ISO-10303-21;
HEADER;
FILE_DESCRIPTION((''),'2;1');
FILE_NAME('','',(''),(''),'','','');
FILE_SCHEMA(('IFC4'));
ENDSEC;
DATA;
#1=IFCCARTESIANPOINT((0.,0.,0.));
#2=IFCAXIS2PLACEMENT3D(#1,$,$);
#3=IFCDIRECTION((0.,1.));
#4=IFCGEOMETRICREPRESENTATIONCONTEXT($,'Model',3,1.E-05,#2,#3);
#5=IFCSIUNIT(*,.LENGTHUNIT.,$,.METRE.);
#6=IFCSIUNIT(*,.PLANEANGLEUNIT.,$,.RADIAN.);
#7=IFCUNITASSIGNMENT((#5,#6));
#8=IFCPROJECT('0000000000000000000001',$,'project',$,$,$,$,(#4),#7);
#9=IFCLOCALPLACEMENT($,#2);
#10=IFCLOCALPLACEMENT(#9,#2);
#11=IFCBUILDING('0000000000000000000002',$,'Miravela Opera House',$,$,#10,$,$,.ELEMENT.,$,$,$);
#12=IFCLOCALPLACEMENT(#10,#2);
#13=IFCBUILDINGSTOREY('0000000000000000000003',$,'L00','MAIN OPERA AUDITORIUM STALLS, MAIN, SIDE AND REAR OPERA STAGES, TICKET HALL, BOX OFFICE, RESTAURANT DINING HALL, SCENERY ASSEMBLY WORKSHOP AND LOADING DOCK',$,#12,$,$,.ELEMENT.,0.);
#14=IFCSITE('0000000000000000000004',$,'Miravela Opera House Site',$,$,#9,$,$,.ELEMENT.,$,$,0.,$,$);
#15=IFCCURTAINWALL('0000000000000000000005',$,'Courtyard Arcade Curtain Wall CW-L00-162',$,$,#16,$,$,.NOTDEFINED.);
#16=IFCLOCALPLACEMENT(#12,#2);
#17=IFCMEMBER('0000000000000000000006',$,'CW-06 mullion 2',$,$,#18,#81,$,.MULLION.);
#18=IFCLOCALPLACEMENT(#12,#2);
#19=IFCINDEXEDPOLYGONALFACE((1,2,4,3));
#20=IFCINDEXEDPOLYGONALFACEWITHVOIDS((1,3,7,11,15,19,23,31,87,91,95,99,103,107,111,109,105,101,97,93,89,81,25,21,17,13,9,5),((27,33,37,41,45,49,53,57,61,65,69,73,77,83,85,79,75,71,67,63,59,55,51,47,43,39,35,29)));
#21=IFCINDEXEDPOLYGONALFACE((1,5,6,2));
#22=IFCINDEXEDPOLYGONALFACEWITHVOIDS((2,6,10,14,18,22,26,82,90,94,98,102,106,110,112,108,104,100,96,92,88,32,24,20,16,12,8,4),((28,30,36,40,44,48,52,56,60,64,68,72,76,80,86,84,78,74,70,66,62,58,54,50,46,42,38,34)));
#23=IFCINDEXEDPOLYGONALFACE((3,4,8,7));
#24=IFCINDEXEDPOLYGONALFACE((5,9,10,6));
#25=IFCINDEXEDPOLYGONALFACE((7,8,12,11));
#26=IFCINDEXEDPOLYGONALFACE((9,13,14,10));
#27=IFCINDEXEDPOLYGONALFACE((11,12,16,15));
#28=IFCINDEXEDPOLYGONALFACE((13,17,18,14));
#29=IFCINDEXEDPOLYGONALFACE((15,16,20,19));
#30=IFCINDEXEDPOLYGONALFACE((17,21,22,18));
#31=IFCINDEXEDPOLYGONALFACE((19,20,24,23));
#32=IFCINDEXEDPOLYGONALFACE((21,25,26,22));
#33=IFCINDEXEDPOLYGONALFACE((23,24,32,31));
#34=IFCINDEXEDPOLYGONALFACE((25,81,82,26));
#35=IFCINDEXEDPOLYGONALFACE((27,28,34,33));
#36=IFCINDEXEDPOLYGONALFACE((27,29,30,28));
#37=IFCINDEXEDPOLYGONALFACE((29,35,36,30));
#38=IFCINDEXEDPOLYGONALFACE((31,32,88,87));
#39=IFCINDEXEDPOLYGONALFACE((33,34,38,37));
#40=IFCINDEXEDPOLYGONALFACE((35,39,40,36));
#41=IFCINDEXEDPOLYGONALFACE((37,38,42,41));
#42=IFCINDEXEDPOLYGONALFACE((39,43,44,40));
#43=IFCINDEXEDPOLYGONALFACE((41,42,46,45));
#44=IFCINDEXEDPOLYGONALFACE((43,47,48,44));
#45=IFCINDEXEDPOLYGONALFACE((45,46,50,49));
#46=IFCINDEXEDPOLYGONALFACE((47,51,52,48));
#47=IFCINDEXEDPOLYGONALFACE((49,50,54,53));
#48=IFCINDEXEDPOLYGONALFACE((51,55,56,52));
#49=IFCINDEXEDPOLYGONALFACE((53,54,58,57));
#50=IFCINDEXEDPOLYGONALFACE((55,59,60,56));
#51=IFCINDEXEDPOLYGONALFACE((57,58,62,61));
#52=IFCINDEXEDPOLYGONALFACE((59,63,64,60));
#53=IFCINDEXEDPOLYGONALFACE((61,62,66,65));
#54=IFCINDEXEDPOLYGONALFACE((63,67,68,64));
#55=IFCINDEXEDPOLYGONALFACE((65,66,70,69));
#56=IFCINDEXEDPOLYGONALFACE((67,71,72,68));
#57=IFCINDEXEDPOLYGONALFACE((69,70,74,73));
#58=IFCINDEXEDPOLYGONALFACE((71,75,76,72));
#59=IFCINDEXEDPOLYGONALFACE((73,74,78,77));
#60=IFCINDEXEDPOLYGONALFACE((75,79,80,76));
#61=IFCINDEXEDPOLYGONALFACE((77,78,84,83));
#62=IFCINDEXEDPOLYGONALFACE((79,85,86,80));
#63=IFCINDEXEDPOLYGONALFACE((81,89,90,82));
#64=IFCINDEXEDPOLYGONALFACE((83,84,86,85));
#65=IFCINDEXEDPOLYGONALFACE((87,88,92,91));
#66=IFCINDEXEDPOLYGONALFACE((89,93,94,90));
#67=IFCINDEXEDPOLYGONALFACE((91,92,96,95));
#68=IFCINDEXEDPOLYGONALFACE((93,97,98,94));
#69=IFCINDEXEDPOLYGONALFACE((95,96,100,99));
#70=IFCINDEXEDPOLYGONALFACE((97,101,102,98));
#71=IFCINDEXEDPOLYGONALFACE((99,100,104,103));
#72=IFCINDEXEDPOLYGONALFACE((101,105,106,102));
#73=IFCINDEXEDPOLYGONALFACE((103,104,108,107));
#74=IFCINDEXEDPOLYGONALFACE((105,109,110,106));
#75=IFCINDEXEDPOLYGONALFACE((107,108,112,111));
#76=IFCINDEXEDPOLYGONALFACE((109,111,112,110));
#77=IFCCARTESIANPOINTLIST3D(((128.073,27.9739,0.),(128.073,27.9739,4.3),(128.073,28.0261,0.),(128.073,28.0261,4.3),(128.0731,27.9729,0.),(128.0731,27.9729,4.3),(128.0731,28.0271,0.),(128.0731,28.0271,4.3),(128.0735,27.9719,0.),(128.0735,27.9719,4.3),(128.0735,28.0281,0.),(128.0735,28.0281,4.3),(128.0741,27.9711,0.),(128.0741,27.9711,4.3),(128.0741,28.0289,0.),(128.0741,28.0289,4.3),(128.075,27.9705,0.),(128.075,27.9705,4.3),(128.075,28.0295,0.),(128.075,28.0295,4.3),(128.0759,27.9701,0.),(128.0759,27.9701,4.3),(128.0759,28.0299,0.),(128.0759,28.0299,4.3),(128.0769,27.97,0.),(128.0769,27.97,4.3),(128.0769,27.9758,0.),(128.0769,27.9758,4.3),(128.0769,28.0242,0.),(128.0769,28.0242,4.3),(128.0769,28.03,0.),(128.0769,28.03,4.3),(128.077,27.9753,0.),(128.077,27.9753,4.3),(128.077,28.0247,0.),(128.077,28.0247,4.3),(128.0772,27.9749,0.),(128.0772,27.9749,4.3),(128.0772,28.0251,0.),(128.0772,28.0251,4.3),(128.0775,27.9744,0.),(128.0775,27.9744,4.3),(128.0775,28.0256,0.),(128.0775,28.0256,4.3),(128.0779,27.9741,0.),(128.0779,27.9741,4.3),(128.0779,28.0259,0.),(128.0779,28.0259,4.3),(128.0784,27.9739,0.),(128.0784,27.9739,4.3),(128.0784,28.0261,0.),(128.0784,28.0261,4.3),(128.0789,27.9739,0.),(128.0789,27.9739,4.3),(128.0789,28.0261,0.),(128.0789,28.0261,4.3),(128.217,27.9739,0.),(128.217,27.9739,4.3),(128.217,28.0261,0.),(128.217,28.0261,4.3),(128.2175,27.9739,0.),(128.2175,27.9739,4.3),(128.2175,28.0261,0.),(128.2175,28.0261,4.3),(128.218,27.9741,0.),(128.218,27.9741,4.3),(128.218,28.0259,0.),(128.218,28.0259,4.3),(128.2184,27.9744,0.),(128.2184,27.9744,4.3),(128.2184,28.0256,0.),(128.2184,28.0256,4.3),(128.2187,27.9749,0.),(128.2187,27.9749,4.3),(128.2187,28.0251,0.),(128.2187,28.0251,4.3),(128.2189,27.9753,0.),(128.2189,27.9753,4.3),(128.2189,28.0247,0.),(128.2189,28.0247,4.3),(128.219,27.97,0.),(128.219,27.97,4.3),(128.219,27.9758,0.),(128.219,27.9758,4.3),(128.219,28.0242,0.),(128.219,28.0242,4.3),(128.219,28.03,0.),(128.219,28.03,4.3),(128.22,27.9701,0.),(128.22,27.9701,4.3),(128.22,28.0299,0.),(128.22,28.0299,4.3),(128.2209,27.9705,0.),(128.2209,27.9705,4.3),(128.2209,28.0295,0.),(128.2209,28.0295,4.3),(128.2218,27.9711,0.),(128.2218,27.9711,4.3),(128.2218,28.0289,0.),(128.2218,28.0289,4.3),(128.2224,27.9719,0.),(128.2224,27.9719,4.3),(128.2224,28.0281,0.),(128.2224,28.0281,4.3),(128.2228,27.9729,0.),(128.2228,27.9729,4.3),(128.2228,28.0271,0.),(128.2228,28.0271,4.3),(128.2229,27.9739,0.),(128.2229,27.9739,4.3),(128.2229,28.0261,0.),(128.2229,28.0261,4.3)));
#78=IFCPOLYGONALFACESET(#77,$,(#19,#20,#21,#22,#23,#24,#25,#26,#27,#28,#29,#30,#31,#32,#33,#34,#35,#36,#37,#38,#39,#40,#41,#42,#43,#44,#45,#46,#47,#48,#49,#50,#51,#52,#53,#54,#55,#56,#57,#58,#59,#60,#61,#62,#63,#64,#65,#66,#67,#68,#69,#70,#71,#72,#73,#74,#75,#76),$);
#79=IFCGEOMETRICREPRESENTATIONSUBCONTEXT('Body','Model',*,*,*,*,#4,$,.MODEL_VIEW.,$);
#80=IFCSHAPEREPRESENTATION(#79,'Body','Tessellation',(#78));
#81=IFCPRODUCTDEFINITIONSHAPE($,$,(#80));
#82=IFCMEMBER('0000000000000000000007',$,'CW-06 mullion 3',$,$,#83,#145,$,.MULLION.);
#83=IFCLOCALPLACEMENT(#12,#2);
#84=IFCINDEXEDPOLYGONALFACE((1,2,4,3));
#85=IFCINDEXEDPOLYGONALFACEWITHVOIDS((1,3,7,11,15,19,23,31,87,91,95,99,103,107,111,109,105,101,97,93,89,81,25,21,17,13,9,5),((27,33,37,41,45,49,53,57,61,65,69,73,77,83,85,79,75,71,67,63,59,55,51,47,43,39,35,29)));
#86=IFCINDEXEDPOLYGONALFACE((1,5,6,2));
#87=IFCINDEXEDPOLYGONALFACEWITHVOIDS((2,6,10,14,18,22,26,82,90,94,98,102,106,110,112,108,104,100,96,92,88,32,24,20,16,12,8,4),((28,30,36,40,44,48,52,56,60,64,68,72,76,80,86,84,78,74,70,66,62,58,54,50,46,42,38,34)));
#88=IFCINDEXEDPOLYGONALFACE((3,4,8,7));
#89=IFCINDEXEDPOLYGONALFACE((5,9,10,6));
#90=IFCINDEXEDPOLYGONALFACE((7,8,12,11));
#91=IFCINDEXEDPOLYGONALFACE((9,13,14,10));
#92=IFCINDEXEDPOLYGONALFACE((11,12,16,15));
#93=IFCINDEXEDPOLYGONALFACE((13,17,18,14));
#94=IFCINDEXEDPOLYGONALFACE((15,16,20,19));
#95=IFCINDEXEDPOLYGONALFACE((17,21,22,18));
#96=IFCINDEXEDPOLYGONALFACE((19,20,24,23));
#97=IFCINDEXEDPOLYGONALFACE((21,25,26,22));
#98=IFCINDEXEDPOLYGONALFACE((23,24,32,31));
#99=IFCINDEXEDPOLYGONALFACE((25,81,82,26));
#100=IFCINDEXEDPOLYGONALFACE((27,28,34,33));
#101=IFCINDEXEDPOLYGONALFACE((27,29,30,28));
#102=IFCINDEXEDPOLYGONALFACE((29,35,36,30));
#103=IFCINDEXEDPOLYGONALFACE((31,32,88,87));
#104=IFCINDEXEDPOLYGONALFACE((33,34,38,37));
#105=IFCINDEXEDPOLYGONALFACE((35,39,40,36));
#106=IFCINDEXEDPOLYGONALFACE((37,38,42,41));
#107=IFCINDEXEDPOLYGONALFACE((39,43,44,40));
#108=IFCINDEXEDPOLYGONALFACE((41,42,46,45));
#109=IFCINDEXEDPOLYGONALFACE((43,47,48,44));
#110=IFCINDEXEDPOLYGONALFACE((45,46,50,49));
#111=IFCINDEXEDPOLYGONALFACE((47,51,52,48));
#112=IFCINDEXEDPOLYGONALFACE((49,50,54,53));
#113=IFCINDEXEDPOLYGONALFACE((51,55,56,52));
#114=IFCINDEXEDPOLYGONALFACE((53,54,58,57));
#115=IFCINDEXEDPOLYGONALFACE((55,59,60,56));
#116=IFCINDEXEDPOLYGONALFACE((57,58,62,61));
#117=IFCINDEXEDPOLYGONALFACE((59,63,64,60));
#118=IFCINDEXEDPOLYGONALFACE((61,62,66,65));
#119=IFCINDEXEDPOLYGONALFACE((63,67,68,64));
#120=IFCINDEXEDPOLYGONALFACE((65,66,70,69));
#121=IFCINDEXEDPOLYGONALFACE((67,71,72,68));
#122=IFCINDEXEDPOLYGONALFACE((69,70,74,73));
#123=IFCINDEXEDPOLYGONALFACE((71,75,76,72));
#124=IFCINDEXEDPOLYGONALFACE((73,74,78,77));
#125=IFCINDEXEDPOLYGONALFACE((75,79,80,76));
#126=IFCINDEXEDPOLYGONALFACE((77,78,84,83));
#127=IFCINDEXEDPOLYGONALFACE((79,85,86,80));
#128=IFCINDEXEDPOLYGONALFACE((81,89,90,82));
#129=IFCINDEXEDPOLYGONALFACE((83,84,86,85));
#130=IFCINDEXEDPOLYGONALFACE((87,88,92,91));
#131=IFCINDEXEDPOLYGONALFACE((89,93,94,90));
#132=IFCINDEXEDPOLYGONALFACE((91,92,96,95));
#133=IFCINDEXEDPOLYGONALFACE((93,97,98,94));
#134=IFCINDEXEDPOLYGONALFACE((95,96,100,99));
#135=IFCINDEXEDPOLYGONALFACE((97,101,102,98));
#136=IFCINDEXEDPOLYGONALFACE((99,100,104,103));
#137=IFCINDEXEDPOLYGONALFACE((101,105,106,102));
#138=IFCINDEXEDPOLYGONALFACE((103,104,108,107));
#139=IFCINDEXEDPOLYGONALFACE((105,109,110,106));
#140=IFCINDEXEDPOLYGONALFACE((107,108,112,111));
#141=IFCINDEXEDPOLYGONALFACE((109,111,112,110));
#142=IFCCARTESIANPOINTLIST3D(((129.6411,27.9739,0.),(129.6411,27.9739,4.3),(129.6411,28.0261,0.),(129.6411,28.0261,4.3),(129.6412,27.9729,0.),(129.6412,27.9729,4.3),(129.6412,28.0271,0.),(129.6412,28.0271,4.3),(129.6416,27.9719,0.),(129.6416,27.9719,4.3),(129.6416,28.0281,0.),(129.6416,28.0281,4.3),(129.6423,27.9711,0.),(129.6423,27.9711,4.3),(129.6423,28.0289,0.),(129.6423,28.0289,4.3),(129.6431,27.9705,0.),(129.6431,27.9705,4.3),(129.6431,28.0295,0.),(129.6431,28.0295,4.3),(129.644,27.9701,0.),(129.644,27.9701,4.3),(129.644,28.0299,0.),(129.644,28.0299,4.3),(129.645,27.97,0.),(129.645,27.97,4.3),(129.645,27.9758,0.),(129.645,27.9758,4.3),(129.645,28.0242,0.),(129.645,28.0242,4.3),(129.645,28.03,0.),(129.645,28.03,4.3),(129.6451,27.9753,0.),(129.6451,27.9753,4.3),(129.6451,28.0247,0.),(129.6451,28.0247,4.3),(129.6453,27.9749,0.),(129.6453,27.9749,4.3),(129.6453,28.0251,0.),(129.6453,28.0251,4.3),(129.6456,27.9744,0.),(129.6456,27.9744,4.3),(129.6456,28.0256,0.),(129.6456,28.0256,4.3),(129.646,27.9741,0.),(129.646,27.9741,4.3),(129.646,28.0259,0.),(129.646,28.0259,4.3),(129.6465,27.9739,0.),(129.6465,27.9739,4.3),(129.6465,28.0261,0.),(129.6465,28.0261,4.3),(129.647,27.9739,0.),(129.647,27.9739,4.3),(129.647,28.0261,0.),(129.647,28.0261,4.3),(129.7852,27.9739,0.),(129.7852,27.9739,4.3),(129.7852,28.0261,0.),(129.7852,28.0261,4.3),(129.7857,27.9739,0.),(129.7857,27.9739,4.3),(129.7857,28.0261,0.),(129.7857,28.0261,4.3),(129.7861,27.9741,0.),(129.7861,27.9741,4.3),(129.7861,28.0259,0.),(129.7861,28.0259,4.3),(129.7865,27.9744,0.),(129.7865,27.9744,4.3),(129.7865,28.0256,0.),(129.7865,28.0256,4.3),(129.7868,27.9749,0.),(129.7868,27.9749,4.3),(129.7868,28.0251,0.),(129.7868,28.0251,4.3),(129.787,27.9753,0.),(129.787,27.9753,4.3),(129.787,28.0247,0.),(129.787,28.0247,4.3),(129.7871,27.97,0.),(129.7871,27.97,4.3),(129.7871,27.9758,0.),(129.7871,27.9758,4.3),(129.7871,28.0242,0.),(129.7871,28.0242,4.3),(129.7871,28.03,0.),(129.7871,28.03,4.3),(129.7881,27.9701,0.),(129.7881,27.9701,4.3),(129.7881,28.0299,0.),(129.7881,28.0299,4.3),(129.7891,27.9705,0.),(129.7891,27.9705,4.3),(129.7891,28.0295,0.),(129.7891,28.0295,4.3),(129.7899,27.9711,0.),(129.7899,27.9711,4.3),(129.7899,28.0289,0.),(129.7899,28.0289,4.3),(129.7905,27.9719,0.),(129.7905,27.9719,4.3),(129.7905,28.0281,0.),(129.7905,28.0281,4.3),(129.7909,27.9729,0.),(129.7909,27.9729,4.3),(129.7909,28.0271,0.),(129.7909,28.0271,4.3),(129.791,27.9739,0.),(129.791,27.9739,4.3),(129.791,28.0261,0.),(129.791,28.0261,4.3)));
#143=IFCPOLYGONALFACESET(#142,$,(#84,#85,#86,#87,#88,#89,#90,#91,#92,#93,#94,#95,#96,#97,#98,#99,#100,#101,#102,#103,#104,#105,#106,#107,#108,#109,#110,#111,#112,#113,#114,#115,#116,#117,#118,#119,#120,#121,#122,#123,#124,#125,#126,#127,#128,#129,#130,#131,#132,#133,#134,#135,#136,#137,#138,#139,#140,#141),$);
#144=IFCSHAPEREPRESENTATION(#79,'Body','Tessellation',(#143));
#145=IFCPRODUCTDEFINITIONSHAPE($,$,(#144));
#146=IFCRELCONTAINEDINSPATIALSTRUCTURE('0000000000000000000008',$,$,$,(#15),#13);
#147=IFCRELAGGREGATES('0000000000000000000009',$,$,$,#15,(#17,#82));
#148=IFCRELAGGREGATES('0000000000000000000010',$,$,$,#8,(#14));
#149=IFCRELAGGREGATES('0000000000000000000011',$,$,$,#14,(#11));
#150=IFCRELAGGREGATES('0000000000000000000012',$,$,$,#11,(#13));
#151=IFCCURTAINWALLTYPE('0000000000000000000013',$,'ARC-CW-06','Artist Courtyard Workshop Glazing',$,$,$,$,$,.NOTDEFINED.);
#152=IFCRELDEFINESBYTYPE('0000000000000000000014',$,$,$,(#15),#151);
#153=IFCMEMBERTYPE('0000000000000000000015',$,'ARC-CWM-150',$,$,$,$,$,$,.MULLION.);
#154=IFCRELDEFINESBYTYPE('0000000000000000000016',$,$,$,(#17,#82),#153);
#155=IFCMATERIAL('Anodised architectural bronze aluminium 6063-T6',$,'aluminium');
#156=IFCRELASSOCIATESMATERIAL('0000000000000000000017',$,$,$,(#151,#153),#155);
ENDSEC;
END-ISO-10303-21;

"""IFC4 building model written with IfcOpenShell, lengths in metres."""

from ifc_helpers import new_model, si_unit, direction, frame, origin, origin_2d, place, context, subcontext, project, spatial, hollow_rectangle, extrude, material, material_profile, profile_set, type_object, element, aggregate, save


model = new_model("IFC4")

# Units and contexts
model_context = context("Model", 3, precision=1e-05, world=origin(), true_north=direction((0.0, 1.0)))
body_context = subcontext(model_context, "Body", "Model", "MODEL_VIEW")
ifc_project = project(units=[si_unit("LENGTHUNIT", "METRE"), si_unit("PLANEANGLEUNIT", "RADIAN")], contexts=[model_context])

# Site, building, storey
site_placement = place(None, origin())
site = spatial("IfcSite", under=ifc_project, at=site_placement, Name="Miravela Opera House Site", CompositionType="ELEMENT", RefElevation=0.0)
building_placement = place(site_placement, origin())
building = spatial("IfcBuilding", under=site, at=building_placement, Name="Miravela Opera House", CompositionType="ELEMENT")
storey_placement = place(building_placement, origin())
storey = spatial("IfcBuildingStorey", under=building, at=storey_placement, Name="L00", Description="MAIN OPERA AUDITORIUM STALLS, MAIN, SIDE AND REAR OPERA STAGES, TICKET HALL, BOX OFFICE, RESTAURANT DINING HALL, SCENERY ASSEMBLY WORKSHOP AND LOADING DOCK", CompositionType="ELEMENT", Elevation=0.0)

# Shared definitions
ifc_material_1 = material(Name="Anodised architectural bronze aluminium 6063-T6", Category="aluminium")
curtain_wall_type = type_object("IfcCurtainWallType", Name="ARC-CW-06", Description="Artist Courtyard Workshop Glazing", PredefinedType="NOTDEFINED", material=ifc_material_1)
ifc_material_profile_1 = material_profile(ifc_material_1, hollow_rectangle(XDim=0.0601, YDim=0.1499, WallThickness=0.0039, InnerFilletRadius=0.002, OuterFilletRadius=0.0039, at=origin_2d()), Name="CWM-60X150")
ifc_profile_set_1 = profile_set([ifc_material_profile_1])
member_type_1 = type_object("IfcMemberType", Name="ARC-CWM-150", PredefinedType="MULLION", material=ifc_profile_set_1)

# Curtain wall, members
curtain_wall_1_placement = place(storey_placement, origin())
curtain_wall_1 = element("IfcCurtainWall", 1, at=curtain_wall_1_placement, inside=storey, type_object=curtain_wall_type, Name="Courtyard Arcade Curtain Wall CW-L00-162", PredefinedType="NOTDEFINED")
member_1_placement = place(storey_placement, frame((128.1479, 28.0, 0.0), z_axis=(0.0, 0.0, 1.0), x_axis=(0.0, 1.0, 0.0)))
member_1 = element("IfcMember", 2, at=member_1_placement, type_object=member_type_1, Name="CW-06 mullion 2", PredefinedType="MULLION", context=body_context, shape_type="SweptSolid", body=[
    extrude(hollow_rectangle(XDim=0.0601, YDim=0.1499, WallThickness=0.0039, InnerFilletRadius=0.002, OuterFilletRadius=0.0039, at=origin_2d()), origin(), (0.0, 0.0, 1.0), 4.3),
])
member_2_placement = place(storey_placement, frame((129.7161, 28.0, 0.0), z_axis=(0.0, 0.0, 1.0), x_axis=(0.0, 1.0, 0.0)))
member_2 = element("IfcMember", 3, at=member_2_placement, type_object=member_type_1, Name="CW-06 mullion 3", PredefinedType="MULLION", context=body_context, shape_type="SweptSolid", body=[
    extrude(hollow_rectangle(XDim=0.0601, YDim=0.1499, WallThickness=0.0039, InnerFilletRadius=0.002, OuterFilletRadius=0.0039, at=origin_2d()), origin(), (0.0, 0.0, 1.0), 4.3),
])

aggregate(curtain_wall_1, [member_1, member_2])

save(model, "model.ifc")
